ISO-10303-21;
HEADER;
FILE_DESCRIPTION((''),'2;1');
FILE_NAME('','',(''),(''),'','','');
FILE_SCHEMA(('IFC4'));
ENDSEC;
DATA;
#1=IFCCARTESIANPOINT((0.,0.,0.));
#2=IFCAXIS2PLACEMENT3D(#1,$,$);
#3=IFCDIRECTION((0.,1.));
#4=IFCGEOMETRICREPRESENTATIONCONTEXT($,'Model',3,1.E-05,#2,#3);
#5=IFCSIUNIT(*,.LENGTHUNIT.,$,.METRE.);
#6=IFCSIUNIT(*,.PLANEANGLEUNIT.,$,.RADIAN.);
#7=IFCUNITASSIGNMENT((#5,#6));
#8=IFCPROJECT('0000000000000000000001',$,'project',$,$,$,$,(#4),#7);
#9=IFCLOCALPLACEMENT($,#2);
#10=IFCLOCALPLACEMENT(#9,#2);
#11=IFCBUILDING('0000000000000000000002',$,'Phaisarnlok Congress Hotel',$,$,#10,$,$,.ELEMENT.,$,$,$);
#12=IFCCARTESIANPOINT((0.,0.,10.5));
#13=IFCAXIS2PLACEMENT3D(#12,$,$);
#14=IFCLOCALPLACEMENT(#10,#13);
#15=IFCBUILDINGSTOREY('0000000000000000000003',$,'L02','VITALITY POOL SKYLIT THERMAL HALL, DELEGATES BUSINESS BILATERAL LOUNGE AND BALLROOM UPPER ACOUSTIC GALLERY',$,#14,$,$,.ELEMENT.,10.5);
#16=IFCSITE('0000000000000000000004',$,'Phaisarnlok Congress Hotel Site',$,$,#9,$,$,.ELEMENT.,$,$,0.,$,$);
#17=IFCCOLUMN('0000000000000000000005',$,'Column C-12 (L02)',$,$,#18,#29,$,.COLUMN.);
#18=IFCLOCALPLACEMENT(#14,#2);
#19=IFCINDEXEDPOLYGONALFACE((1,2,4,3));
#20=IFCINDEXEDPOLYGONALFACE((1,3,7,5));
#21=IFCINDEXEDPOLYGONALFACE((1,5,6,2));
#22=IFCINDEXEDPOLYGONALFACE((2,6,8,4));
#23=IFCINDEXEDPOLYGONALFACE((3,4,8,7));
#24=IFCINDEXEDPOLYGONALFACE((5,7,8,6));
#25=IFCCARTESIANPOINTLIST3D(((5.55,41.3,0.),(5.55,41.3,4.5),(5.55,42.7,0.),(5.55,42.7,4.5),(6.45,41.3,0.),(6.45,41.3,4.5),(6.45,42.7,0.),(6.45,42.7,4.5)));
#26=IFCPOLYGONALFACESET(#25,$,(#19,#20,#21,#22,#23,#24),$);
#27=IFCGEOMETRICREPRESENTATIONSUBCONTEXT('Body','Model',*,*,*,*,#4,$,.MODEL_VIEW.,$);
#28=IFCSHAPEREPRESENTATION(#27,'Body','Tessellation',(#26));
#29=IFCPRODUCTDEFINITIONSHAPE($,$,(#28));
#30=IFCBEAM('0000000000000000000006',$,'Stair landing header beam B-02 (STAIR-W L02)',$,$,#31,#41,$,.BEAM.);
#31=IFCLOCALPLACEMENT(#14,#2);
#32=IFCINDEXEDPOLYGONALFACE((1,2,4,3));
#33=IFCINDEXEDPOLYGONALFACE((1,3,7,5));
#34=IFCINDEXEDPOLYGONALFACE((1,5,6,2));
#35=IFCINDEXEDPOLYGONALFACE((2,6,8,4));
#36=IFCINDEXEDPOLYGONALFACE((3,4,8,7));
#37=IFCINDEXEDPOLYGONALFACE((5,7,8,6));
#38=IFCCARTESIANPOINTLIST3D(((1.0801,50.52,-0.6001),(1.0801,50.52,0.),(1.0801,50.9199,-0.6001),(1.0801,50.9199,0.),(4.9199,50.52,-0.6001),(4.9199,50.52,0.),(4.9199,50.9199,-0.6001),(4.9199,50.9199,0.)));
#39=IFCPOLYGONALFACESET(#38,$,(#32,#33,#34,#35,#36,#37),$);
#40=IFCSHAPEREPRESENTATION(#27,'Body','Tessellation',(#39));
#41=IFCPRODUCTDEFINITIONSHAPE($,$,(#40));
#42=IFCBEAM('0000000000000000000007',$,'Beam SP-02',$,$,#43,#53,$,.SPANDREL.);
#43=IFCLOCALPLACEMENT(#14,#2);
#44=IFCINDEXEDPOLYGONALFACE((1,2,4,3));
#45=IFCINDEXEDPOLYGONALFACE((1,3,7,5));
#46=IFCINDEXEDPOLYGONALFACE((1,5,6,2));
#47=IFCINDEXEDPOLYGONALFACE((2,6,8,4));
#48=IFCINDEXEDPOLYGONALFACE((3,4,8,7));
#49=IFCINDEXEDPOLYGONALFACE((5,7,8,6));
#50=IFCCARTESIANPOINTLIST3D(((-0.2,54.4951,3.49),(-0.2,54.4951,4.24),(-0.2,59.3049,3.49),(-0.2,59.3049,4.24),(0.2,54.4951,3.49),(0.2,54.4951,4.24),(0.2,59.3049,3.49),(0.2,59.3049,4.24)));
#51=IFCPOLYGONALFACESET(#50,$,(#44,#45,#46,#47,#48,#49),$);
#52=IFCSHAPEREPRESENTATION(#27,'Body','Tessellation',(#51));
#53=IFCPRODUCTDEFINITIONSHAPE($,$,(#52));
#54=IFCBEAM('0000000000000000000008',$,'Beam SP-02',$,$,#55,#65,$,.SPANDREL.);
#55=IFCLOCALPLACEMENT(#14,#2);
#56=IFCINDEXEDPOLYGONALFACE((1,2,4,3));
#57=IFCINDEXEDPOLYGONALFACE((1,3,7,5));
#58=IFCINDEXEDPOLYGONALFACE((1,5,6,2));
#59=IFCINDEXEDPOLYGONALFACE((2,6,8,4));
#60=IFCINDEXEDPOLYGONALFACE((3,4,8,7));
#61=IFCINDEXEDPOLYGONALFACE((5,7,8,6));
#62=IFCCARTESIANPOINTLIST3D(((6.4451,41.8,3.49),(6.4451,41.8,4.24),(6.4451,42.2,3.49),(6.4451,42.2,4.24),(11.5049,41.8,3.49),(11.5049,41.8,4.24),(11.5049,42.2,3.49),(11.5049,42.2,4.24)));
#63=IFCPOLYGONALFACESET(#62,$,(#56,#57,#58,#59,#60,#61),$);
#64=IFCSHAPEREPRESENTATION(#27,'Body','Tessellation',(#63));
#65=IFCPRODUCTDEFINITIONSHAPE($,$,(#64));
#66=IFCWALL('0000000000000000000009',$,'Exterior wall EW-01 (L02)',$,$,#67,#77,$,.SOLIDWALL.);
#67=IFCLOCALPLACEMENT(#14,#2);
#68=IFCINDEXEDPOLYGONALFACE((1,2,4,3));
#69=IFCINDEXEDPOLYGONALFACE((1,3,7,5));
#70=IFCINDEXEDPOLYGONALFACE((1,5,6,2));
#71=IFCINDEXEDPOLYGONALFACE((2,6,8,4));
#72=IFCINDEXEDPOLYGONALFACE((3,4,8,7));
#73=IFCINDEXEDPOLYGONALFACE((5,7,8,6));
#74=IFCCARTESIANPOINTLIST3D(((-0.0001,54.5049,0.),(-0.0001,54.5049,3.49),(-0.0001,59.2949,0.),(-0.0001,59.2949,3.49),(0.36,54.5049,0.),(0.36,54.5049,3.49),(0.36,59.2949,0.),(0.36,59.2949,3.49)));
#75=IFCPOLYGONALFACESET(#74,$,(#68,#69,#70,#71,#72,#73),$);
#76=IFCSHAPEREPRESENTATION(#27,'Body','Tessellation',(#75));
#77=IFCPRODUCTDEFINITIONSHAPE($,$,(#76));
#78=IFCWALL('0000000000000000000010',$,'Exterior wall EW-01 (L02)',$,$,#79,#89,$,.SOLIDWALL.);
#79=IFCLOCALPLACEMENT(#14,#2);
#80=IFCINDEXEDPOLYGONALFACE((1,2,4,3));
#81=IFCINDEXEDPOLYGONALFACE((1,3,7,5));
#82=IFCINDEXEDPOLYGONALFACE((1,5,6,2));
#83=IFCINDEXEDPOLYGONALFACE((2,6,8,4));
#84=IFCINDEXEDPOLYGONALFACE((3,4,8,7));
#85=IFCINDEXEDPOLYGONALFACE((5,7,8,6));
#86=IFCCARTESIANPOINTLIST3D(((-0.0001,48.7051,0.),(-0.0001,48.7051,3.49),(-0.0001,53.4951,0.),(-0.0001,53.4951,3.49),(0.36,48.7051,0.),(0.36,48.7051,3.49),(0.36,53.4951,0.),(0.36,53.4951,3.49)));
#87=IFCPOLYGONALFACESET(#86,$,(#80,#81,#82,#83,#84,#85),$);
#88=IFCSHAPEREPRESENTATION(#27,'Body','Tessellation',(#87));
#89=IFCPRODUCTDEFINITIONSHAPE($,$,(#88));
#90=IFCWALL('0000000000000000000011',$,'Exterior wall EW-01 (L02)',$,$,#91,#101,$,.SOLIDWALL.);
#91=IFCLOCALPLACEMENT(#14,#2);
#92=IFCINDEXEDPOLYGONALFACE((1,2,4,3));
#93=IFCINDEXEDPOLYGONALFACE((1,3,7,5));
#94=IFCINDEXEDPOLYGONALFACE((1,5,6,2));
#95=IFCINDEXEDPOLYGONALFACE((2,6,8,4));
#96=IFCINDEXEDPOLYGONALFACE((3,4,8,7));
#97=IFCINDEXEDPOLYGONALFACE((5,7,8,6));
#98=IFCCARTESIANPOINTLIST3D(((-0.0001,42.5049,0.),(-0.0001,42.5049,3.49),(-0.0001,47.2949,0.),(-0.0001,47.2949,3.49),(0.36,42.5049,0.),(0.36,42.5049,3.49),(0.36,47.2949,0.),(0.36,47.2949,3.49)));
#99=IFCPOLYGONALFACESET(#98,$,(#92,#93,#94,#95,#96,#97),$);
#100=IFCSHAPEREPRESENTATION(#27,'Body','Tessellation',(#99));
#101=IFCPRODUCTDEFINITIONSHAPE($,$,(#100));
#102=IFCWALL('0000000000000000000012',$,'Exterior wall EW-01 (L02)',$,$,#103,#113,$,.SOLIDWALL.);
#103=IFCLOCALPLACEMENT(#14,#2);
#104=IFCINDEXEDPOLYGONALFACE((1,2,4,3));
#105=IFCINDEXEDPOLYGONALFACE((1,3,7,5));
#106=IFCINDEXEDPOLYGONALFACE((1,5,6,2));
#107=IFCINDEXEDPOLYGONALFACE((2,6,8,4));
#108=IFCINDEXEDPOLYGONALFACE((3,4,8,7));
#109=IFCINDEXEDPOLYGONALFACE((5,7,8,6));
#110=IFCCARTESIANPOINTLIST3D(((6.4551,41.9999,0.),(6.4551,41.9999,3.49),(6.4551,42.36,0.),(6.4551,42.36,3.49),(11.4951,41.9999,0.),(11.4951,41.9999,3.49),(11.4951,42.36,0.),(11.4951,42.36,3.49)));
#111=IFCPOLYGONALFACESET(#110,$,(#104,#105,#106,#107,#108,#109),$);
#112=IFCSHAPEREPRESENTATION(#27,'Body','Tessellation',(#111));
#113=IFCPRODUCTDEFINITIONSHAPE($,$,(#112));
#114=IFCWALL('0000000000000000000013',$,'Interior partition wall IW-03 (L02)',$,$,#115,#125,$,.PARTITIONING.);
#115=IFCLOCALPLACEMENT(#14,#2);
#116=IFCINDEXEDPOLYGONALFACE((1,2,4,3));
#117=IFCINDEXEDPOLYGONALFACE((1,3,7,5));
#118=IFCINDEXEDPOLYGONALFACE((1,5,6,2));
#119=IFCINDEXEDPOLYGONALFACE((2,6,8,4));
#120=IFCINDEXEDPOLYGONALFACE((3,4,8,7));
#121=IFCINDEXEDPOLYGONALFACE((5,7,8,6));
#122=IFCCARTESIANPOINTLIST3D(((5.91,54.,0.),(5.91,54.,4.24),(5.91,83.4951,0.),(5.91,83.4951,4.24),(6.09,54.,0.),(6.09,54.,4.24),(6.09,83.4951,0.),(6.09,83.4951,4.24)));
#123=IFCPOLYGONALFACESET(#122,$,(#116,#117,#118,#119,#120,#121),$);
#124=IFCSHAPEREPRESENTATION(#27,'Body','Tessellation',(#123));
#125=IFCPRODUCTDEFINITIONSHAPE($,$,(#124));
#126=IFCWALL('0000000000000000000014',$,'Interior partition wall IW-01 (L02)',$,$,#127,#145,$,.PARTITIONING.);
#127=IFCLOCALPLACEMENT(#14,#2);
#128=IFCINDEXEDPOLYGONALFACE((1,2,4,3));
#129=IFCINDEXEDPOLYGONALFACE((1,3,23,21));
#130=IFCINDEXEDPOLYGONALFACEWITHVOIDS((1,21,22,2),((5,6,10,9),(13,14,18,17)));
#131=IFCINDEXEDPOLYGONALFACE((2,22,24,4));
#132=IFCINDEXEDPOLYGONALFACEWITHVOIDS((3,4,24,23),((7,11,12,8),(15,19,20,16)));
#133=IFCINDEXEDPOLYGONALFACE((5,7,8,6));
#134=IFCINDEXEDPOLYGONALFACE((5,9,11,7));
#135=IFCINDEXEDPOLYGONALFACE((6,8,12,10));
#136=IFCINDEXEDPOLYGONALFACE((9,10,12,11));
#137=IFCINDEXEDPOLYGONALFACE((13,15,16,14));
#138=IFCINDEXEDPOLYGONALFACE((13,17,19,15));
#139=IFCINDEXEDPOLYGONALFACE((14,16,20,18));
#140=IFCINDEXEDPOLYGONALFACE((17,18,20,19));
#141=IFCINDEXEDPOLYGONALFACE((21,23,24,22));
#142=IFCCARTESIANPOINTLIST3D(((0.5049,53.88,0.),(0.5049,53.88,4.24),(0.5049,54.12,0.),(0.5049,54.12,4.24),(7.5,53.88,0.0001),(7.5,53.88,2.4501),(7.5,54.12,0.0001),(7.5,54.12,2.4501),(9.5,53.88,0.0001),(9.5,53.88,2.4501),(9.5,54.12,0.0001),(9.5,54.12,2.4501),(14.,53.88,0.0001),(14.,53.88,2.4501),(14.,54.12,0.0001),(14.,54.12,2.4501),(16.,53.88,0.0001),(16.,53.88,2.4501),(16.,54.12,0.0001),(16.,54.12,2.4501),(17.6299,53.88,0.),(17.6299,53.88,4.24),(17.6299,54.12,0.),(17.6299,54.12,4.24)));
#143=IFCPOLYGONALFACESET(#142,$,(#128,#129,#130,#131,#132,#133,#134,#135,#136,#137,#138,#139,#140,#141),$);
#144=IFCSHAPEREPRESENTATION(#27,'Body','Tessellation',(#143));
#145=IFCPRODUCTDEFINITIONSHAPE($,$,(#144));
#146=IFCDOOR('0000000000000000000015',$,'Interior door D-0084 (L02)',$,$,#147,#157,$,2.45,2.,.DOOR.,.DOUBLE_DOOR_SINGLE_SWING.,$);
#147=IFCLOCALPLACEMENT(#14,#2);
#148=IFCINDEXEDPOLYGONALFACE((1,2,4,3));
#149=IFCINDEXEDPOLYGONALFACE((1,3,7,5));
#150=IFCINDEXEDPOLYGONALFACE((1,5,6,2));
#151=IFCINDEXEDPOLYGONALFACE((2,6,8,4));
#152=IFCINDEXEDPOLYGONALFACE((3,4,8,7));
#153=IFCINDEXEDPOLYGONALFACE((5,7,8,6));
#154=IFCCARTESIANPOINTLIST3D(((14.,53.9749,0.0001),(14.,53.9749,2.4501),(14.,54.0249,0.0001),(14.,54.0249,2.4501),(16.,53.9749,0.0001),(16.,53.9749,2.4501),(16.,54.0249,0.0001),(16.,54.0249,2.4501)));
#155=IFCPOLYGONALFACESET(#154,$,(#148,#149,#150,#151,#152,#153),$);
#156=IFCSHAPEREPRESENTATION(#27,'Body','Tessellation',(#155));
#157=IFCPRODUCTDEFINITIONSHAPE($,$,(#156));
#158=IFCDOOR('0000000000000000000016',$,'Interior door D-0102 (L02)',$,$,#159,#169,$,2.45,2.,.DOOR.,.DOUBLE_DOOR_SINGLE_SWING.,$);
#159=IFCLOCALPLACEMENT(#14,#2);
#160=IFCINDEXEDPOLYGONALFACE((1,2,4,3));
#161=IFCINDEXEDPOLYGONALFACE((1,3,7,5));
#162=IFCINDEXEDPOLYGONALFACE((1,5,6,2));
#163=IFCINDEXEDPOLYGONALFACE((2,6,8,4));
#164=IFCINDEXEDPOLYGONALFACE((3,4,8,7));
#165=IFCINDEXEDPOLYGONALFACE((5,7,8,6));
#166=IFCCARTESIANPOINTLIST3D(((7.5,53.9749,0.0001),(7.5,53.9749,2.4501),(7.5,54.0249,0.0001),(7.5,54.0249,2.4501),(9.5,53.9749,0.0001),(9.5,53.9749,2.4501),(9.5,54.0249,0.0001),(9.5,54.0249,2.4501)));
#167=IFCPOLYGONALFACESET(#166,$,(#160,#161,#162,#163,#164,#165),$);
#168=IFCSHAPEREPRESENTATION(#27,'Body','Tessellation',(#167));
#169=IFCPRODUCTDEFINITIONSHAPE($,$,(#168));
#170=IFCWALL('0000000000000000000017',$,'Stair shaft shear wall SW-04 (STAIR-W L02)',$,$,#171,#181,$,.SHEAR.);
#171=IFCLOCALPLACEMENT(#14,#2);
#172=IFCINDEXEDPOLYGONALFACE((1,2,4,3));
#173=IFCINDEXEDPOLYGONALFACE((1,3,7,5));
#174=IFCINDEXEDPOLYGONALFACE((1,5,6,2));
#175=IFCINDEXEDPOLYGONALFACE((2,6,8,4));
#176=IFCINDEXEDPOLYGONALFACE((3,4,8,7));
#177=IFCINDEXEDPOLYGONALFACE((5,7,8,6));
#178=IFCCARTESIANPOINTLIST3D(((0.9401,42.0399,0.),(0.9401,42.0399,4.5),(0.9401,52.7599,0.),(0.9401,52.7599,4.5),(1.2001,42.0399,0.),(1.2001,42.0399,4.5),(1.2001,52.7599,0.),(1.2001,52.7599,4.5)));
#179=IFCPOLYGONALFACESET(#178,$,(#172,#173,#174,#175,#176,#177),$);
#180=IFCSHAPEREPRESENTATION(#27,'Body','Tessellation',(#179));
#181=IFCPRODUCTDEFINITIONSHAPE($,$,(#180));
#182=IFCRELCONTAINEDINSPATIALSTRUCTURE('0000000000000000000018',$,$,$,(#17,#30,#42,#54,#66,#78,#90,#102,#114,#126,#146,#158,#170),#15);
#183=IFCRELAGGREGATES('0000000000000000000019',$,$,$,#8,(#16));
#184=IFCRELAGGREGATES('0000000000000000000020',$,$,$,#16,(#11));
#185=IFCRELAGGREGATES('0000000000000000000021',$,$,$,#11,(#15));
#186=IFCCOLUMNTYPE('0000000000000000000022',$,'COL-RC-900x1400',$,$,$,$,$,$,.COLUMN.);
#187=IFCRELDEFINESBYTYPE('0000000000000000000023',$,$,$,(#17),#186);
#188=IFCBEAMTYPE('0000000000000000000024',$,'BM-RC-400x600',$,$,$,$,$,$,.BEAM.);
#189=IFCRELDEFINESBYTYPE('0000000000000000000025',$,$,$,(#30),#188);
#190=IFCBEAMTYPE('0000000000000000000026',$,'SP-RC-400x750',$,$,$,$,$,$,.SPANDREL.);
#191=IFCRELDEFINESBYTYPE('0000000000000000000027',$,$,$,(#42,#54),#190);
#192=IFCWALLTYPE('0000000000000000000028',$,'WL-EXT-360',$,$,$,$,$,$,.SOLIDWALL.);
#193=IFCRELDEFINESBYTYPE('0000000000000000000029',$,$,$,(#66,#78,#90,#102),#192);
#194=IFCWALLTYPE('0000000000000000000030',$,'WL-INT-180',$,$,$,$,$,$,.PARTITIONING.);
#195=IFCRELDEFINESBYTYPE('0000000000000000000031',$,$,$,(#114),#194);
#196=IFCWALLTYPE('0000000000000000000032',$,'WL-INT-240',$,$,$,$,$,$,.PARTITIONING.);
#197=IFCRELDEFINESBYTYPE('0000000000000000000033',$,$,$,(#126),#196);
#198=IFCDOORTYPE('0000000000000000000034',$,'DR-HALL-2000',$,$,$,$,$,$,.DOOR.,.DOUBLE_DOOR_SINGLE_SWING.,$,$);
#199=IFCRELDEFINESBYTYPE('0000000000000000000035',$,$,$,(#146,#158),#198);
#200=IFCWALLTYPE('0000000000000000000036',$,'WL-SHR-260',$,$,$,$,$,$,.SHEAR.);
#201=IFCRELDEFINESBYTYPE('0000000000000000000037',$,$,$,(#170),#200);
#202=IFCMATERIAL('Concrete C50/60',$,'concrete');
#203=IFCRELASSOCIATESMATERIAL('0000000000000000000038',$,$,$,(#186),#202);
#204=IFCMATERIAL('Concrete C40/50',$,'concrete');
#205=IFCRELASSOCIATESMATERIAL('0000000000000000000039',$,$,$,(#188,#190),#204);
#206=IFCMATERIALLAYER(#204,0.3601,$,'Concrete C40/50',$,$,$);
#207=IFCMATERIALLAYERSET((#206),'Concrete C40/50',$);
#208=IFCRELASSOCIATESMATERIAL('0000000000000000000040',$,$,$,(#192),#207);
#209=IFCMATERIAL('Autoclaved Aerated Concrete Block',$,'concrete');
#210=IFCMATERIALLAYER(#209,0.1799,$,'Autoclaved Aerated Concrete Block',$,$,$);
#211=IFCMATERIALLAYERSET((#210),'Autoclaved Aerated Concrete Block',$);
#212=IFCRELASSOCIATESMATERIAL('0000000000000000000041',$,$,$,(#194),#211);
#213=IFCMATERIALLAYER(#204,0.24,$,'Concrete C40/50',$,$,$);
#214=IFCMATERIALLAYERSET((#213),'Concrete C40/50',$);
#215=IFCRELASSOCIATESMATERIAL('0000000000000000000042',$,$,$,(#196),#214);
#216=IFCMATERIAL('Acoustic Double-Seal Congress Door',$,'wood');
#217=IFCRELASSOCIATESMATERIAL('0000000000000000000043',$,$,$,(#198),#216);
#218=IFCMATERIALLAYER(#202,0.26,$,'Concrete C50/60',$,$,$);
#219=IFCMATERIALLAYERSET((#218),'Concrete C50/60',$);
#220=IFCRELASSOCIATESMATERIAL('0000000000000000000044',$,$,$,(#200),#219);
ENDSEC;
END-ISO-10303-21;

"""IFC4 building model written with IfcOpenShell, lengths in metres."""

from ifc_helpers import new_model, si_unit, direction, frame, frame_2d, origin, origin_2d, place, context, subcontext, project, spatial, rectangle, extrude, material, layer, layer_set, material_profile, profile_set, type_object, element, fill, save


model = new_model("IFC4")

# Units and contexts
model_context = context("Model", 3, precision=1e-05, world=origin(), true_north=direction((0.0, 1.0)))
body_context = subcontext(model_context, "Body", "Model", "MODEL_VIEW")
ifc_project = project(units=[si_unit("LENGTHUNIT", "METRE"), si_unit("PLANEANGLEUNIT", "RADIAN")], contexts=[model_context])

# Site, building, storey
site_placement = place(None, origin())
site = spatial("IfcSite", under=ifc_project, at=site_placement, Name="Phaisarnlok Congress Hotel Site", CompositionType="ELEMENT", RefElevation=0.0)
building_placement = place(site_placement, origin())
building = spatial("IfcBuilding", under=site, at=building_placement, Name="Phaisarnlok Congress Hotel", CompositionType="ELEMENT")
storey_placement = place(building_placement, frame((0.0, 0.0, 10.5)))
storey = spatial("IfcBuildingStorey", under=building, at=storey_placement, Name="L02", Description="VITALITY POOL SKYLIT THERMAL HALL, DELEGATES BUSINESS BILATERAL LOUNGE AND BALLROOM UPPER ACOUSTIC GALLERY", CompositionType="ELEMENT", Elevation=10.5)

# Column
ifc_material_1 = material(Name="Concrete C50/60", Category="concrete")
ifc_material_profile_1 = material_profile(ifc_material_1, rectangle(XDim=0.8999, YDim=1.3999, at=origin_2d()), Name="RC 900x1400")
ifc_profile_set_1 = profile_set([ifc_material_profile_1], Name="Concrete C50/60")
column_type = type_object("IfcColumnType", Name="COL-RC-900x1400", PredefinedType="COLUMN", material=ifc_profile_set_1)
column_placement = place(storey_placement, frame((6.0, 42.0, 0.0), z_axis=(0.0, 0.0, 1.0), x_axis=(1.0, 0.0, 0.0)))
element("IfcColumn", 1, at=column_placement, inside=storey, type_object=column_type, Name="Column C-12 (L02)", PredefinedType="COLUMN", context=body_context, shape_type="SweptSolid", body=[
    extrude(rectangle(XDim=0.8999, YDim=1.3999, at=origin_2d()), origin(), (0.0, 0.0, 1.0), 4.5),
])

# Beams
ifc_material_2 = material(Name="Concrete C40/50", Category="concrete")
ifc_material_profile_2 = material_profile(ifc_material_2, rectangle(XDim=0.3999, YDim=0.6001, at=origin_2d()), Name="RC 400x600")
ifc_profile_set_2 = profile_set([ifc_material_profile_2], Name="Concrete C40/50")
beam_type_1 = type_object("IfcBeamType", Name="BM-RC-400x600", PredefinedType="BEAM", material=ifc_profile_set_2)
beam_1_placement = place(storey_placement, frame((1.0801, 50.72, -0.3), z_axis=(1.0, 0.0, 0.0), x_axis=(0.0, 1.0, 0.0)))
element("IfcBeam", 2, at=beam_1_placement, inside=storey, type_object=beam_type_1, Name="Stair landing header beam B-02 (STAIR-W L02)", PredefinedType="BEAM", context=body_context, shape_type="SweptSolid", body=[
    extrude(rectangle(XDim=0.3999, YDim=0.6001, at=origin_2d()), origin(), (0.0, 0.0, 1.0), 3.8398),
])
ifc_material_profile_3 = material_profile(ifc_material_2, rectangle(XDim=0.3999, YDim=0.75, at=origin_2d()), Name="RC 400x750")
ifc_profile_set_3 = profile_set([ifc_material_profile_3], Name="Concrete C40/50")
beam_type_2 = type_object("IfcBeamType", Name="SP-RC-400x750", PredefinedType="SPANDREL", material=ifc_profile_set_3)
beam_2_placement = place(storey_placement, frame((0.0, 54.4951, 3.865), z_axis=(0.0, 1.0, 0.0), x_axis=(-1.0, 0.0, 0.0)))
element("IfcBeam", 3, at=beam_2_placement, inside=storey, type_object=beam_type_2, Name="Beam SP-02", PredefinedType="SPANDREL", context=body_context, shape_type="SweptSolid", body=[
    extrude(rectangle(XDim=0.3999, YDim=0.75, at=origin_2d()), origin(), (0.0, 0.0, 1.0), 4.8098),
])
beam_3_placement = place(storey_placement, frame((6.4451, 42.0, 3.865), z_axis=(1.0, 0.0, 0.0), x_axis=(0.0, 1.0, 0.0)))
element("IfcBeam", 4, at=beam_3_placement, inside=storey, type_object=beam_type_2, Name="Beam SP-02", PredefinedType="SPANDREL", context=body_context, shape_type="SweptSolid", body=[
    extrude(rectangle(XDim=0.3999, YDim=0.75, at=origin_2d()), origin(), (0.0, 0.0, 1.0), 5.0598),
])

# Walls
ifc_layer_1 = layer(ifc_material_2, 0.3601, Name="Concrete C40/50")
ifc_layer_set_1 = layer_set([ifc_layer_1], Name="Concrete C40/50")
wall_type_1 = type_object("IfcWallType", Name="WL-EXT-360", PredefinedType="SOLIDWALL", material=ifc_layer_set_1)
for number, where, z_axis, x_axis, name in (
    (5, (0.1799, 59.2949, 0.0), (0.0, 0.0, 1.0), (0.0, -1.0, 0.0), "Exterior wall EW-01 (L02)"),
    (6, (0.1799, 53.4951, 0.0), (0.0, 0.0, 1.0), (0.0, -1.0, 0.0), "Exterior wall EW-01 (L02)"),
    (7, (0.1799, 47.2949, 0.0), (0.0, 0.0, 1.0), (0.0, -1.0, 0.0), "Exterior wall EW-01 (L02)"),
):
    element("IfcWall", number, at=place(storey_placement, frame(where, z_axis=z_axis, x_axis=x_axis)), inside=storey, type_object=wall_type_1, Name=name, PredefinedType="SOLIDWALL", context=body_context, shape_type="SweptSolid", body=[
        extrude(rectangle(XDim=4.79, YDim=0.3601, at=frame_2d((2.395, 0.0))), origin(), (0.0, 0.0, 1.0), 3.49),
    ])
wall_1_placement = place(storey_placement, frame((6.4551, 42.1799, 0.0), z_axis=(0.0, 0.0, 1.0), x_axis=(1.0, 0.0, 0.0)))
element("IfcWall", 8, at=wall_1_placement, inside=storey, type_object=wall_type_1, Name="Exterior wall EW-01 (L02)", PredefinedType="SOLIDWALL", context=body_context, shape_type="SweptSolid", body=[
    extrude(rectangle(XDim=5.04, YDim=0.3601, at=frame_2d((2.52, 0.0))), origin(), (0.0, 0.0, 1.0), 3.49),
])
ifc_material_3 = material(Name="Autoclaved Aerated Concrete Block", Category="concrete")
ifc_layer_2 = layer(ifc_material_3, 0.1799, Name="Autoclaved Aerated Concrete Block")
ifc_layer_set_2 = layer_set([ifc_layer_2], Name="Autoclaved Aerated Concrete Block")
wall_type_2 = type_object("IfcWallType", Name="WL-INT-180", PredefinedType="PARTITIONING", material=ifc_layer_set_2)
wall_2_placement = place(storey_placement, frame((6.0, 54.0, 0.0), z_axis=(0.0, 0.0, 1.0), x_axis=(0.0, 1.0, 0.0)))
element("IfcWall", 9, at=wall_2_placement, inside=storey, type_object=wall_type_2, Name="Interior partition wall IW-03 (L02)", PredefinedType="PARTITIONING", context=body_context, shape_type="SweptSolid", body=[
    extrude(rectangle(XDim=29.4951, YDim=0.1799, at=frame_2d((14.7476, 0.0))), origin(), (0.0, 0.0, 1.0), 4.24),
])

# Wall, openings, doors
ifc_layer_3 = layer(ifc_material_2, 0.24, Name="Concrete C40/50")
ifc_layer_set_3 = layer_set([ifc_layer_3], Name="Concrete C40/50")
wall_type_3 = type_object("IfcWallType", Name="WL-INT-240", PredefinedType="PARTITIONING", material=ifc_layer_set_3)
wall_3_placement = place(storey_placement, frame((0.5049, 54.0, 0.0), z_axis=(0.0, 0.0, 1.0), x_axis=(1.0, 0.0, 0.0)))
wall_3 = element("IfcWall", 10, at=wall_3_placement, inside=storey, type_object=wall_type_3, Name="Interior partition wall IW-01 (L02)", PredefinedType="PARTITIONING", context=body_context, shape_type="SweptSolid", body=[
    extrude(rectangle(XDim=17.125, YDim=0.24, at=frame_2d((8.5625, 0.0))), origin(), (0.0, 0.0, 1.0), 4.24),
])
opening_1_placement = place(wall_3_placement, frame((13.4951, 0.0, 0.0)))
opening_1 = element("IfcOpeningElement", 11, at=opening_1_placement, cuts=wall_3, PredefinedType="OPENING", context=body_context, shape_type="SweptSolid", body=[
    extrude(rectangle(XDim=2.0, YDim=2.45, at=frame_2d((1.0, 1.2251))), frame((0.0, 0.1299, 0.0), z_axis=(0.0, -1.0, 0.0), x_axis=(1.0, 0.0, 0.0)), (0.0, 0.0, 1.0), 0.26),
])
opening_2_placement = place(wall_3_placement, frame((6.9951, 0.0, 0.0)))
opening_2 = element("IfcOpeningElement", 12, at=opening_2_placement, cuts=wall_3, PredefinedType="OPENING", context=body_context, shape_type="SweptSolid", body=[
    extrude(rectangle(XDim=2.0, YDim=2.45, at=frame_2d((1.0, 1.2251))), frame((0.0, 0.1299, 0.0), z_axis=(0.0, -1.0, 0.0), x_axis=(1.0, 0.0, 0.0)), (0.0, 0.0, 1.0), 0.26),
])
ifc_material_4 = material(Name="Acoustic Double-Seal Congress Door", Category="wood")
door_type_1 = type_object("IfcDoorType", Name="DR-HALL-2000", OperationType="DOUBLE_DOOR_SINGLE_SWING", PredefinedType="DOOR", material=ifc_material_4)
door_1_placement = place(opening_1_placement, origin())
door_1 = element("IfcDoor", 13, at=door_1_placement, inside=storey, type_object=door_type_1, Name="Interior door D-0084 (L02)", OperationType="DOUBLE_DOOR_SINGLE_SWING", OverallHeight=2.45, OverallWidth=2.0, PredefinedType="DOOR", context=body_context, shape_type="SweptSolid", body=[
    extrude(rectangle(XDim=2.0, YDim=2.45, at=frame_2d((1.0, 1.2251))), frame((0.0, 0.0249, 0.0), z_axis=(0.0, -1.0, 0.0), x_axis=(1.0, 0.0, 0.0)), (0.0, 0.0, 1.0), 0.05),
])
fill(opening_1, door_1)
door_2_placement = place(opening_2_placement, origin())
door_2 = element("IfcDoor", 14, at=door_2_placement, inside=storey, type_object=door_type_1, Name="Interior door D-0102 (L02)", OperationType="DOUBLE_DOOR_SINGLE_SWING", OverallHeight=2.45, OverallWidth=2.0, PredefinedType="DOOR", context=body_context, shape_type="SweptSolid", body=[
    extrude(rectangle(XDim=2.0, YDim=2.45, at=frame_2d((1.0, 1.2251))), frame((0.0, 0.0249, 0.0), z_axis=(0.0, -1.0, 0.0), x_axis=(1.0, 0.0, 0.0)), (0.0, 0.0, 1.0), 0.05),
])
fill(opening_2, door_2)

# Wall
ifc_layer_4 = layer(ifc_material_1, 0.26, Name="Concrete C50/60")
ifc_layer_set_4 = layer_set([ifc_layer_4], Name="Concrete C50/60")
wall_type_4 = type_object("IfcWallType", Name="WL-SHR-260", PredefinedType="SHEAR", material=ifc_layer_set_4)
for number, where, z_axis, x_axis, name in (
    (15, (1.0701, 42.04, 0.0), (0.0, 0.0, 1.0), (0.0, 1.0, 0.0), "Stair shaft shear wall SW-04 (STAIR-W L02)"),
):
    element("IfcWall", number, at=place(storey_placement, frame(where, z_axis=z_axis, x_axis=x_axis)), inside=storey, type_object=wall_type_4, Name=name, PredefinedType="SHEAR", context=body_context, shape_type="SweptSolid", body=[
        extrude(rectangle(XDim=10.72, YDim=0.26, at=frame_2d((5.3599, 0.0))), origin(), (0.0, 0.0, 1.0), 4.5),
    ])

save(model, "model.ifc")
